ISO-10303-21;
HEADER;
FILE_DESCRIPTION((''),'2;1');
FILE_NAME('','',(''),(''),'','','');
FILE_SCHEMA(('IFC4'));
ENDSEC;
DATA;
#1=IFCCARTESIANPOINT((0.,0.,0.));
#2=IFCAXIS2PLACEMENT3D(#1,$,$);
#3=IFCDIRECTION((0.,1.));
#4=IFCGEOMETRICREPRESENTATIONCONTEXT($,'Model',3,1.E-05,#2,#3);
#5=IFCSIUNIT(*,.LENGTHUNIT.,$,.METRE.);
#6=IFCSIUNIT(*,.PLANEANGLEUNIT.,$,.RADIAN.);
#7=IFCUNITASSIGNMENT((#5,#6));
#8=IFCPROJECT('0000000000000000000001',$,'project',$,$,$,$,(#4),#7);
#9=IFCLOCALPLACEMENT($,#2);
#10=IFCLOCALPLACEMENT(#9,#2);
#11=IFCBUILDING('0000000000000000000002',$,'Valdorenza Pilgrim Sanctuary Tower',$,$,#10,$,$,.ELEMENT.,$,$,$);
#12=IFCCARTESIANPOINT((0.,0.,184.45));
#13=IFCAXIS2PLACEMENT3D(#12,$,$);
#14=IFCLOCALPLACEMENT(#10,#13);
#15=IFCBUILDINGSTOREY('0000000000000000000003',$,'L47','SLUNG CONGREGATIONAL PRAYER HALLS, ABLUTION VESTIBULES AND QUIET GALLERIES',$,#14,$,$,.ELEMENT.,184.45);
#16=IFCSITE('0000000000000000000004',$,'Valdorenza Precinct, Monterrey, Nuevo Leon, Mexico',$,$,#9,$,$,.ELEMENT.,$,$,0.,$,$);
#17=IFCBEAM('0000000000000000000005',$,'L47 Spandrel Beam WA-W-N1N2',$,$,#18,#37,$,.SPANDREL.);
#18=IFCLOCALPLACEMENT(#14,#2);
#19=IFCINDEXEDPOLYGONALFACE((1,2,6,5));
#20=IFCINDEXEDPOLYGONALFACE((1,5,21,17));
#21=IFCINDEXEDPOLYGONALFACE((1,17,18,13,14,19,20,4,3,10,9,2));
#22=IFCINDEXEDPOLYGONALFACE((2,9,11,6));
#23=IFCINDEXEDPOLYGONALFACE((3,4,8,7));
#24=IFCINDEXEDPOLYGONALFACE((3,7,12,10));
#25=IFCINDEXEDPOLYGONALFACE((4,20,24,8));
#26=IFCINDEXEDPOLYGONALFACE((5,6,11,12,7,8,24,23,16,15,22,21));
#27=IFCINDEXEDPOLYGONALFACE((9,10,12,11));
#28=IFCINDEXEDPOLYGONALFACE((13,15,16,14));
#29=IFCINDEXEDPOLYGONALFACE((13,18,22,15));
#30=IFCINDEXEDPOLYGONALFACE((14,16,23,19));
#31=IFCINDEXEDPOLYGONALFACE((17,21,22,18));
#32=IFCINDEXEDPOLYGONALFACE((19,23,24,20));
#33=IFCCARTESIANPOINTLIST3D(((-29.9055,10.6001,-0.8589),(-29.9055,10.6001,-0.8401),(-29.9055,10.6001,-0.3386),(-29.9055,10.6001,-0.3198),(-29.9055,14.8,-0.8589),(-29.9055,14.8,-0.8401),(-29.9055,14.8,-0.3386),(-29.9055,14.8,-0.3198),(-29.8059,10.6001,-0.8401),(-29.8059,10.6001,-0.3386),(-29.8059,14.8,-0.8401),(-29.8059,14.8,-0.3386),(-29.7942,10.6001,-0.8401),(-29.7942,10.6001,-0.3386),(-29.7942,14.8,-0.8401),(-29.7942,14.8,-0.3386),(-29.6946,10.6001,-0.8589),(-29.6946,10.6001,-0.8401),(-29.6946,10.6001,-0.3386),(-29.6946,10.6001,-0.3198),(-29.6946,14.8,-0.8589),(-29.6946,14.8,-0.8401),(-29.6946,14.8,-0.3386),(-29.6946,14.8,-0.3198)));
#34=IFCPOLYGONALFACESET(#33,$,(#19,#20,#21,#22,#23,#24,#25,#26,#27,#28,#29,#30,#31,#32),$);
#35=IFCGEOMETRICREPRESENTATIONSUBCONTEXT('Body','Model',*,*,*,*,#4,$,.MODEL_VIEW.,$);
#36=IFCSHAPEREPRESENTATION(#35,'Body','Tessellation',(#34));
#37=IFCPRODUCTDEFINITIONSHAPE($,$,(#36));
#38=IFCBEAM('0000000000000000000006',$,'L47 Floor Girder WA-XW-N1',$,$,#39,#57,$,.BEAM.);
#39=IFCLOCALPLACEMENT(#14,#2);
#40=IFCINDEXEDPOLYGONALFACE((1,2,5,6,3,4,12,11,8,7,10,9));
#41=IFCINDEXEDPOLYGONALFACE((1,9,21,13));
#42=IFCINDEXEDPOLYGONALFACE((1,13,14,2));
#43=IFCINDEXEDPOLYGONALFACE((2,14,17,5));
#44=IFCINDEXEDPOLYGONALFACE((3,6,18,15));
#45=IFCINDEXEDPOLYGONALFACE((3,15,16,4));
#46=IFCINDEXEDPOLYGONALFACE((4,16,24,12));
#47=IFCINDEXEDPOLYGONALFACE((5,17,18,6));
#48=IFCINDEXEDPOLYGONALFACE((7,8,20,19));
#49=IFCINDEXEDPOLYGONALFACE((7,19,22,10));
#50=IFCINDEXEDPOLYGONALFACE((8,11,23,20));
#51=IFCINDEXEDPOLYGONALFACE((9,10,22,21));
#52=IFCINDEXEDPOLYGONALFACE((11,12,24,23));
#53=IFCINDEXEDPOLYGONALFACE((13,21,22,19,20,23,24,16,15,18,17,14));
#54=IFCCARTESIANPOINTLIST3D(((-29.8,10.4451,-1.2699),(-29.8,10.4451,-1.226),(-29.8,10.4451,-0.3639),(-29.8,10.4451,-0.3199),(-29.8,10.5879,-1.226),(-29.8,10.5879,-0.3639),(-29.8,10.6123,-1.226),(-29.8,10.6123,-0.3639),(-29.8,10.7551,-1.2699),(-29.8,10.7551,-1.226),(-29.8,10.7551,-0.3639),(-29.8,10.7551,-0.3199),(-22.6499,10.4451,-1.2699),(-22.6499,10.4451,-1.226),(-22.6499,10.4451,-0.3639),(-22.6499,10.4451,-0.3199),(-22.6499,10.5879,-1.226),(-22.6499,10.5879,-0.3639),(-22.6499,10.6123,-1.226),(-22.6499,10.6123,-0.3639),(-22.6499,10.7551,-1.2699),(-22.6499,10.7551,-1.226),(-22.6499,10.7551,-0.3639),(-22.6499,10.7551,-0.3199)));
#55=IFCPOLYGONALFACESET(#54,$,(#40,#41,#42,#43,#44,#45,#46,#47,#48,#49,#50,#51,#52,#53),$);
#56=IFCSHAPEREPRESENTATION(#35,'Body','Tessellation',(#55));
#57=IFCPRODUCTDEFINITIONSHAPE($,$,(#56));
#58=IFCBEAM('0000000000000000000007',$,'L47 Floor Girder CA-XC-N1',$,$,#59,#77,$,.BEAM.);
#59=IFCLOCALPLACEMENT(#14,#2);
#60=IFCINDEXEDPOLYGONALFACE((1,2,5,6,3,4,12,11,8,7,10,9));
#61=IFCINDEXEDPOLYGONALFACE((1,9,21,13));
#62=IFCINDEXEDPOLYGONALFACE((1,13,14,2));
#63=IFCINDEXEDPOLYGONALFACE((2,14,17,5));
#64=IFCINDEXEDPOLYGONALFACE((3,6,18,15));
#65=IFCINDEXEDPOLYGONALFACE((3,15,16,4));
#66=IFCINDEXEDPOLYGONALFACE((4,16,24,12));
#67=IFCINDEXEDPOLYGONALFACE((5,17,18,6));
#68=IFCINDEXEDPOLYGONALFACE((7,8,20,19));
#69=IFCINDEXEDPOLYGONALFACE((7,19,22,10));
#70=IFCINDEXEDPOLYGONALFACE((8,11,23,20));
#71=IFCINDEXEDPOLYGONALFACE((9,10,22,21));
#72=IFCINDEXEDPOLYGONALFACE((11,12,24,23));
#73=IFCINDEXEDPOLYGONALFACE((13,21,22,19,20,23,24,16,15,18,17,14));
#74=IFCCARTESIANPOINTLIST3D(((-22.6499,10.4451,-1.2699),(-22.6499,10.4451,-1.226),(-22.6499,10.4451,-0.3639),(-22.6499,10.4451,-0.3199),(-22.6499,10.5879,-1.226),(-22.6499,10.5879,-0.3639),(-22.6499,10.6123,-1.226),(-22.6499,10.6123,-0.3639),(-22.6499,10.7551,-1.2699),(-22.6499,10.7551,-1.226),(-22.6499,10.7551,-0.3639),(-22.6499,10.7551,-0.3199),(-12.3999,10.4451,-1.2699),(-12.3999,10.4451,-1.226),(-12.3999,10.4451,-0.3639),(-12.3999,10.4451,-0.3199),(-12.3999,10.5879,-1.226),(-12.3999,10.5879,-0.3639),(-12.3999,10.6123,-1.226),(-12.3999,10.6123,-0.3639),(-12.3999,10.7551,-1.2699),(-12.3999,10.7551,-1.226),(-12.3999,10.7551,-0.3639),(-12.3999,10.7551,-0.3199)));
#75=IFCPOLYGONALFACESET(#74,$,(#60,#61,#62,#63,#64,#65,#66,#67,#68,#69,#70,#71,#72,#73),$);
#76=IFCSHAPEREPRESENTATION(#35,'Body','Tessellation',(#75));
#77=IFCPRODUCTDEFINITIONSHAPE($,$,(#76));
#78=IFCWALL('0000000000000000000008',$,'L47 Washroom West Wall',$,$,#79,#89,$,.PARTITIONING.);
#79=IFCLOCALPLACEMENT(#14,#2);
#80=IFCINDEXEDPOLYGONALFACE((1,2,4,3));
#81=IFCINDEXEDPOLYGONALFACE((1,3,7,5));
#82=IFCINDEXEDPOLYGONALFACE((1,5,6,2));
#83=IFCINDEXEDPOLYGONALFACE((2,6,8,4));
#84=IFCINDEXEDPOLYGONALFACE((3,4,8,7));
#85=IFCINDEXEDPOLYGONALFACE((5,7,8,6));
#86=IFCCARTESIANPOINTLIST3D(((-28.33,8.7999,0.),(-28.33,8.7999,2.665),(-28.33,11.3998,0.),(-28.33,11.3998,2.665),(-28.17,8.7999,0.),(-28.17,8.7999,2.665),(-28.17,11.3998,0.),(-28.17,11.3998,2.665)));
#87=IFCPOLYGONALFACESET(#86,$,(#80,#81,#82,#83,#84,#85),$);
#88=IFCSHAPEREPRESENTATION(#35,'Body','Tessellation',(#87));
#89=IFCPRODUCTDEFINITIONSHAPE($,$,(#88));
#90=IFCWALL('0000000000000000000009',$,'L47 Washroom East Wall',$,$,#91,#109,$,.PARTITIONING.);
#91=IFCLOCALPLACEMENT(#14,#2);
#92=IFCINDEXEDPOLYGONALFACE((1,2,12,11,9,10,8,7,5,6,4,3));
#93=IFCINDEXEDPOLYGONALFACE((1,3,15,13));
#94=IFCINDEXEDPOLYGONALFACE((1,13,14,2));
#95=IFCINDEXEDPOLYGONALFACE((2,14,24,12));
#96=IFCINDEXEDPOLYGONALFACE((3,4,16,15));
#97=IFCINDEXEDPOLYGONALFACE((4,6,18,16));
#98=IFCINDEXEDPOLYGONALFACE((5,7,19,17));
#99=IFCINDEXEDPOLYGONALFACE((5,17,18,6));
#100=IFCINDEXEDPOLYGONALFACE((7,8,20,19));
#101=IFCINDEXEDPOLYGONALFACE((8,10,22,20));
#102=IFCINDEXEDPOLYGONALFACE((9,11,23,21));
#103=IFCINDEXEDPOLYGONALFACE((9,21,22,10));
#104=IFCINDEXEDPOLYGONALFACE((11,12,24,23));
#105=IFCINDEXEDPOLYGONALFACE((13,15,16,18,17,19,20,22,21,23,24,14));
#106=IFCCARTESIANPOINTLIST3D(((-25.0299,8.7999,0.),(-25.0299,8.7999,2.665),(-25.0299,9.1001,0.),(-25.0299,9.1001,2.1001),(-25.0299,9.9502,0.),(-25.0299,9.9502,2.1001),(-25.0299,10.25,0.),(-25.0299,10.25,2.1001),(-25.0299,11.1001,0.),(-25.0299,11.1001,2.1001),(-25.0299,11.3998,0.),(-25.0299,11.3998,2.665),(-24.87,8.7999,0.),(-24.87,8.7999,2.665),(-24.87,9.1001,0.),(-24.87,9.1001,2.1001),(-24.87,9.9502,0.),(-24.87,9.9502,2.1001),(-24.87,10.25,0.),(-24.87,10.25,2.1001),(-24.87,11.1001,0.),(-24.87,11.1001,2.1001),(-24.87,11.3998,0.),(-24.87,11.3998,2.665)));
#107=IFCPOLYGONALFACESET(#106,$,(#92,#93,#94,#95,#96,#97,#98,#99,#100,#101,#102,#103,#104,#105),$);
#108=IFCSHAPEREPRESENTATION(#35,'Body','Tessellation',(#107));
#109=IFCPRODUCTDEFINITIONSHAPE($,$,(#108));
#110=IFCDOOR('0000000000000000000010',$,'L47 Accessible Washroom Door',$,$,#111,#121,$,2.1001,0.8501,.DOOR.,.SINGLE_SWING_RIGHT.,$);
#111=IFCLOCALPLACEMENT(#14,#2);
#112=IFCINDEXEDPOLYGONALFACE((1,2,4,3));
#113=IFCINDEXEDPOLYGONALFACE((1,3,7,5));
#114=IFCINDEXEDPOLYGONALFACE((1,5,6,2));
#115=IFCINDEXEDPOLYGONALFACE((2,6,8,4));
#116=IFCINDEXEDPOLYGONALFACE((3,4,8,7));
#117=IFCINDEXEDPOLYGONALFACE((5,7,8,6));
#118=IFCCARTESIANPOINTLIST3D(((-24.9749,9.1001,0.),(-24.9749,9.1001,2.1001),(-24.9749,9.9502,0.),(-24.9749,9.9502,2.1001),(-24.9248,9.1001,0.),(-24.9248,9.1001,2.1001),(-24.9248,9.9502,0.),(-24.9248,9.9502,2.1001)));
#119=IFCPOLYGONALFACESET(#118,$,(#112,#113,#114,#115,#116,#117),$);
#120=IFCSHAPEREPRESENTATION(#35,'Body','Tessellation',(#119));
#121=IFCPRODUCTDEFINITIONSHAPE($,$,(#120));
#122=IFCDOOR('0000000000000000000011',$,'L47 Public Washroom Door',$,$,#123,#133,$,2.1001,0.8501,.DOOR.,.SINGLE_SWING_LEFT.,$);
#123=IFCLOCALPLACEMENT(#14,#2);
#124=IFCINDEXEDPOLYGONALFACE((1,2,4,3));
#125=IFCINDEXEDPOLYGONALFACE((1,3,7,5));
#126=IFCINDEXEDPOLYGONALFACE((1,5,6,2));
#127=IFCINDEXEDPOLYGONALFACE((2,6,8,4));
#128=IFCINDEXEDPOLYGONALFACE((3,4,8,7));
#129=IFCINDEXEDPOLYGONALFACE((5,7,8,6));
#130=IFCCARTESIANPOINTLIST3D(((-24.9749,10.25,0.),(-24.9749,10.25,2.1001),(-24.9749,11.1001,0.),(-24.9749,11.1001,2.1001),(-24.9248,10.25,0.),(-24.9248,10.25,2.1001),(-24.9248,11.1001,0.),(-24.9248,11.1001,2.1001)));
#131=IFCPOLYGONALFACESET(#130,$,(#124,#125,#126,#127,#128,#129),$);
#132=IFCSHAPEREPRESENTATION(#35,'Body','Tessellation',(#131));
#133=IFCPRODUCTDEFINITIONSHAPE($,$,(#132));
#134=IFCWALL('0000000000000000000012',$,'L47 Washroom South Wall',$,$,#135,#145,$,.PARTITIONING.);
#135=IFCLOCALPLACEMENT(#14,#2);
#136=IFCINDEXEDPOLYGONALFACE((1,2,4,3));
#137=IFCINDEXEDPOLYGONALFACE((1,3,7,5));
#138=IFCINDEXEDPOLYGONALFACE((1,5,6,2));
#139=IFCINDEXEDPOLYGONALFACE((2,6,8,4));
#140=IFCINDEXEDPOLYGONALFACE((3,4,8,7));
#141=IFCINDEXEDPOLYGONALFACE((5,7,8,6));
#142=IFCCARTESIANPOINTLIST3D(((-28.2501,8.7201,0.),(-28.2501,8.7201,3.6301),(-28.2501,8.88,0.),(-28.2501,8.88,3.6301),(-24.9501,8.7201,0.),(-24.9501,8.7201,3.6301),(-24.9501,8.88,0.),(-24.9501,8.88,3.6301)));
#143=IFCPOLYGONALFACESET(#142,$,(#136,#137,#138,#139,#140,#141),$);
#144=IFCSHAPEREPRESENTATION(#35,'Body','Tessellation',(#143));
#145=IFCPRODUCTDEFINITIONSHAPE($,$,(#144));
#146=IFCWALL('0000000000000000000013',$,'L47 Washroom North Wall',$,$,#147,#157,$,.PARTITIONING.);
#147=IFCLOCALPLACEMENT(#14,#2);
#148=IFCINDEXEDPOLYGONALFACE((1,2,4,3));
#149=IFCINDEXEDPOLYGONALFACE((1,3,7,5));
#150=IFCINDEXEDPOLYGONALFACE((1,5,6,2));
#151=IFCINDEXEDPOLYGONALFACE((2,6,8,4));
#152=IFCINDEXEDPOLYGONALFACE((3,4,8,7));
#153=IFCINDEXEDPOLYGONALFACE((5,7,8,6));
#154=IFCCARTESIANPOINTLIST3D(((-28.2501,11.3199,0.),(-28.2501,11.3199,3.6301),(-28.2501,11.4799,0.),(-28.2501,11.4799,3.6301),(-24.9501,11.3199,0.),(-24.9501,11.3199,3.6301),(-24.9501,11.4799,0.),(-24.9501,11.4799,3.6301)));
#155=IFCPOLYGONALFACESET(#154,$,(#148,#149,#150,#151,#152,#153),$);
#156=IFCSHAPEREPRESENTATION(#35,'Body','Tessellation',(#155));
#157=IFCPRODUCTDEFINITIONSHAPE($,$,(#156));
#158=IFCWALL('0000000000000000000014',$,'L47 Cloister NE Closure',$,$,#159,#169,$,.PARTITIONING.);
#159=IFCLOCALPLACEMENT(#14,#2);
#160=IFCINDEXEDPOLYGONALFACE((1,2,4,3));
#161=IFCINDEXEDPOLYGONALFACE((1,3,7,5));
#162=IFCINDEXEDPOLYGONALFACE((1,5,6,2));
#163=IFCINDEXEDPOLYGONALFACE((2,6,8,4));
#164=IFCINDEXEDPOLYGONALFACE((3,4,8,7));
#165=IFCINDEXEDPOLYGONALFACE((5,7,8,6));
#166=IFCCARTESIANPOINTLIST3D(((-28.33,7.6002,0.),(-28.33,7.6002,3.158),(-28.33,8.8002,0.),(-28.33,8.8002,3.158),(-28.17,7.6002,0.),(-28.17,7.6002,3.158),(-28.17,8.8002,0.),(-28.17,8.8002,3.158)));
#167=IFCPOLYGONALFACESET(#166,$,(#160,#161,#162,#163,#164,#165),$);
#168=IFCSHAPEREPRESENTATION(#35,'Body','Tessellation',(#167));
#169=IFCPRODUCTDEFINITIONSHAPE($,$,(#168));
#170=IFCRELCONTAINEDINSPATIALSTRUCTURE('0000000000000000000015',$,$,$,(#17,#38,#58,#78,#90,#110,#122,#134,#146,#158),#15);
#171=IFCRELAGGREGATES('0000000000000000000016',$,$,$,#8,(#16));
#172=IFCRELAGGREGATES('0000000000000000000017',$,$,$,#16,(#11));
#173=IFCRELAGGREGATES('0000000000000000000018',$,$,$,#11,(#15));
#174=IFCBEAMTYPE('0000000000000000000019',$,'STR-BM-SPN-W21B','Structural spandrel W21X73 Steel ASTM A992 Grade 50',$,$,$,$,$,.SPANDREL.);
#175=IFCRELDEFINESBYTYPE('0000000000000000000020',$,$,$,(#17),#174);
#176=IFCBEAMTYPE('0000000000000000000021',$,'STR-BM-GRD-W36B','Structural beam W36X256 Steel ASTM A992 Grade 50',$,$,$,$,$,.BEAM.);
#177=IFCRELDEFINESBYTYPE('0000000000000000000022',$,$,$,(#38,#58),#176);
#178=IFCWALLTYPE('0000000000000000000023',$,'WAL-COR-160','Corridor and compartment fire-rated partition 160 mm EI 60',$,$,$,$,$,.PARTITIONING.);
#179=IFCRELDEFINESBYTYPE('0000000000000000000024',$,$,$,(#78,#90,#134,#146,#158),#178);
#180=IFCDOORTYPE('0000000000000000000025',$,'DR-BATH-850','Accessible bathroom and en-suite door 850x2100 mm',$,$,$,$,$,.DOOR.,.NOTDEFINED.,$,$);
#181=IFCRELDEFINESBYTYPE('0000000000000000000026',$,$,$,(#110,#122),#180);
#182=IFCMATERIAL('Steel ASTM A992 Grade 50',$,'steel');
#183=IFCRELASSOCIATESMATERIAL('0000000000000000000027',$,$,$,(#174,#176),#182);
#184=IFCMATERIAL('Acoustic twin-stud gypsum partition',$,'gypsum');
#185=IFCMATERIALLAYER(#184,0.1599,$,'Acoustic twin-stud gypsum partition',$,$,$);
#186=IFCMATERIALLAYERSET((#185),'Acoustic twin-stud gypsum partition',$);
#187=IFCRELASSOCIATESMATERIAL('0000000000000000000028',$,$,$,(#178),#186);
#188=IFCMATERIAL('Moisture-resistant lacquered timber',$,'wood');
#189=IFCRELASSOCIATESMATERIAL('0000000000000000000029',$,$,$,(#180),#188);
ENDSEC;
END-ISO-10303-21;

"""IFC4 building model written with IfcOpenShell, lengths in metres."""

from ifc_helpers import new_model, si_unit, direction, frame, frame_2d, origin, origin_2d, place, context, subcontext, project, spatial, rectangle, i_section, extrude, source, transform, mapped, material, layer, layer_set, material_profile, profile_set, type_object, element, fill, save


model = new_model("IFC4")

# Units and contexts
model_context = context("Model", 3, precision=1e-05, world=origin(), true_north=direction((0.0, 1.0)))
body_context = subcontext(model_context, "Body", "Model", "MODEL_VIEW")
ifc_project = project(units=[si_unit("LENGTHUNIT", "METRE"), si_unit("PLANEANGLEUNIT", "RADIAN")], contexts=[model_context])

# Site, building, storey
site_placement = place(None, origin())
site = spatial("IfcSite", under=ifc_project, at=site_placement, Name="Valdorenza Precinct, Monterrey, Nuevo Leon, Mexico", CompositionType="ELEMENT", RefElevation=0.0)
building_placement = place(site_placement, origin())
building = spatial("IfcBuilding", under=site, at=building_placement, Name="Valdorenza Pilgrim Sanctuary Tower", CompositionType="ELEMENT")
storey_placement = place(building_placement, frame((0.0, 0.0, 184.45)))
storey = spatial("IfcBuildingStorey", under=building, at=storey_placement, Name="L47", Description="SLUNG CONGREGATIONAL PRAYER HALLS, ABLUTION VESTIBULES AND QUIET GALLERIES", CompositionType="ELEMENT", Elevation=184.45)

# Beams
ifc_material_1 = material(Name="Steel ASTM A992 Grade 50", Category="steel")
ifc_material_profile_1 = material_profile(ifc_material_1, i_section(OverallWidth=0.2109, OverallDepth=0.5391, WebThickness=0.0117, FlangeThickness=0.0188, at=origin_2d()), Name="W21X73")
ifc_profile_set_1 = profile_set([ifc_material_profile_1], Name="Steel ASTM A992 Grade 50")
beam_type_1 = type_object("IfcBeamType", Name="STR-BM-SPN-W21B", Description="Structural spandrel W21X73 Steel ASTM A992 Grade 50", PredefinedType="SPANDREL", material=ifc_profile_set_1)
shared_shape_1 = source(origin(), body_context, "Body", "SweptSolid", [
    extrude(i_section(OverallWidth=0.2109, OverallDepth=0.5391, WebThickness=0.0117, FlangeThickness=0.0188, at=origin_2d()), origin(), (0.0, 0.0, 1.0), 4.2),
])
beam_1_placement = place(storey_placement, frame((-29.8, 10.6001, -0.5894), z_axis=(0.0, 1.0, 0.0), x_axis=(-1.0, 0.0, 0.0)))
element("IfcBeam", 1, at=beam_1_placement, inside=storey, type_object=beam_type_1, Name="L47 Spandrel Beam WA-W-N1N2", PredefinedType="SPANDREL", context=body_context, shape_type="MappedRepresentation", body=[
    mapped(shared_shape_1, transform((0.0, 0.0, 0.0), x_axis=(1.0, 0.0, 0.0), y_axis=(0.0, 1.0, 0.0), z_axis=(0.0, 0.0, 1.0), scale=1.0)),
])
ifc_material_profile_2 = material_profile(ifc_material_1, i_section(OverallWidth=0.3101, OverallDepth=0.95, WebThickness=0.0244, FlangeThickness=0.0439, at=origin_2d()), Name="W36X256")
ifc_profile_set_2 = profile_set([ifc_material_profile_2], Name="Steel ASTM A992 Grade 50")
beam_type_2 = type_object("IfcBeamType", Name="STR-BM-GRD-W36B", Description="Structural beam W36X256 Steel ASTM A992 Grade 50", PredefinedType="BEAM", material=ifc_profile_set_2)
shared_shape_2 = source(origin(), body_context, "Body", "SweptSolid", [
    extrude(i_section(OverallWidth=0.3101, OverallDepth=0.95, WebThickness=0.0244, FlangeThickness=0.0439, at=origin_2d()), origin(), (0.0, 0.0, 1.0), 7.1501),
])
beam_2_placement = place(storey_placement, frame((-29.8, 10.6001, -0.7949), z_axis=(1.0, 0.0, 0.0), x_axis=(0.0, 1.0, 0.0)))
element("IfcBeam", 2, at=beam_2_placement, inside=storey, type_object=beam_type_2, Name="L47 Floor Girder WA-XW-N1", PredefinedType="BEAM", context=body_context, shape_type="MappedRepresentation", body=[
    mapped(shared_shape_2, transform((0.0, 0.0, 0.0), x_axis=(1.0, 0.0, 0.0), y_axis=(0.0, 1.0, 0.0), z_axis=(0.0, 0.0, 1.0), scale=1.0)),
])
shared_shape_3 = source(origin(), body_context, "Body", "SweptSolid", [
    extrude(i_section(OverallWidth=0.3101, OverallDepth=0.95, WebThickness=0.0244, FlangeThickness=0.0439, at=origin_2d()), origin(), (0.0, 0.0, 1.0), 10.25),
])
beam_3_placement = place(storey_placement, frame((-22.6499, 10.6001, -0.7949), z_axis=(1.0, 0.0, 0.0), x_axis=(0.0, 1.0, 0.0)))
element("IfcBeam", 3, at=beam_3_placement, inside=storey, type_object=beam_type_2, Name="L47 Floor Girder CA-XC-N1", PredefinedType="BEAM", context=body_context, shape_type="MappedRepresentation", body=[
    mapped(shared_shape_3, transform((0.0, 0.0, 0.0), x_axis=(1.0, 0.0, 0.0), y_axis=(0.0, 1.0, 0.0), z_axis=(0.0, 0.0, 1.0), scale=1.0)),
])

# Wall
ifc_material_2 = material(Name="Acoustic twin-stud gypsum partition", Category="gypsum")
ifc_layer_1 = layer(ifc_material_2, 0.1599, Name="Acoustic twin-stud gypsum partition")
ifc_layer_set_1 = layer_set([ifc_layer_1], Name="Acoustic twin-stud gypsum partition")
wall_type_1 = type_object("IfcWallType", Name="WAL-COR-160", Description="Corridor and compartment fire-rated partition 160 mm EI 60", PredefinedType="PARTITIONING", material=ifc_layer_set_1)
wall_1_placement = place(storey_placement, frame((-28.25, 8.8, 0.0), z_axis=(0.0, 0.0, 1.0), x_axis=(0.0, 1.0, 0.0)))
element("IfcWall", 4, at=wall_1_placement, inside=storey, type_object=wall_type_1, Name="L47 Washroom West Wall", PredefinedType="PARTITIONING", context=body_context, shape_type="SweptSolid", body=[
    extrude(rectangle(XDim=2.5999, YDim=0.1599, at=frame_2d((1.2998, 0.0))), origin(), (0.0, 0.0, 1.0), 2.665),
])

# Wall, openings, doors
wall_2_placement = place(storey_placement, frame((-24.95, 8.8, 0.0), z_axis=(0.0, 0.0, 1.0), x_axis=(0.0, 1.0, 0.0)))
wall_2 = element("IfcWall", 5, at=wall_2_placement, inside=storey, type_object=wall_type_1, Name="L47 Washroom East Wall", PredefinedType="PARTITIONING", context=body_context, shape_type="SweptSolid", body=[
    extrude(rectangle(XDim=2.5999, YDim=0.1599, at=frame_2d((1.2998, 0.0))), origin(), (0.0, 0.0, 1.0), 2.665),
])
opening_1_placement = place(wall_2_placement, frame((0.3, 0.0, 0.0)))
opening_1 = element("IfcOpeningElement", 6, at=opening_1_placement, cuts=wall_2, PredefinedType="OPENING", context=body_context, shape_type="SweptSolid", body=[
    extrude(rectangle(XDim=0.8501, YDim=2.1001, at=frame_2d((0.425, 1.05))), frame((0.0, 0.0947, 0.0), z_axis=(0.0, -1.0, 0.0), x_axis=(1.0, 0.0, 0.0)), (0.0, 0.0, 1.0), 0.1897),
])
opening_2_placement = place(wall_2_placement, frame((1.45, 0.0, 0.0)))
opening_2 = element("IfcOpeningElement", 7, at=opening_2_placement, cuts=wall_2, PredefinedType="OPENING", context=body_context, shape_type="SweptSolid", body=[
    extrude(rectangle(XDim=0.8501, YDim=2.1001, at=frame_2d((0.425, 1.05))), frame((0.0, 0.0947, 0.0), z_axis=(0.0, -1.0, 0.0), x_axis=(1.0, 0.0, 0.0)), (0.0, 0.0, 1.0), 0.1897),
])
ifc_material_3 = material(Name="Moisture-resistant lacquered timber", Category="wood")
door_type = type_object("IfcDoorType", Name="DR-BATH-850", Description="Accessible bathroom and en-suite door 850x2100 mm", OperationType="NOTDEFINED", PredefinedType="DOOR", material=ifc_material_3)
door_1_placement = place(opening_1_placement, origin())
door_1 = element("IfcDoor", 8, at=door_1_placement, inside=storey, type_object=door_type, Name="L47 Accessible Washroom Door", OperationType="SINGLE_SWING_RIGHT", OverallHeight=2.1001, OverallWidth=0.8501, PredefinedType="DOOR", context=body_context, shape_type="SweptSolid", body=[
    extrude(rectangle(XDim=0.8501, YDim=2.1001, at=frame_2d((0.425, 1.05))), frame((0.0, 0.0249, 0.0), z_axis=(0.0, -1.0, 0.0), x_axis=(1.0, 0.0, 0.0)), (0.0, 0.0, 1.0), 0.05),
])
fill(opening_1, door_1)
door_2_placement = place(opening_2_placement, origin())
door_2 = element("IfcDoor", 9, at=door_2_placement, inside=storey, type_object=door_type, Name="L47 Public Washroom Door", OperationType="SINGLE_SWING_LEFT", OverallHeight=2.1001, OverallWidth=0.8501, PredefinedType="DOOR", context=body_context, shape_type="SweptSolid", body=[
    extrude(rectangle(XDim=0.8501, YDim=2.1001, at=frame_2d((0.425, 1.05))), frame((0.0, 0.0249, 0.0), z_axis=(0.0, -1.0, 0.0), x_axis=(1.0, 0.0, 0.0)), (0.0, 0.0, 1.0), 0.05),
])
fill(opening_2, door_2)

# Walls
for number, where, z_axis, x_axis, name in (
    (10, (-28.25, 8.8, 0.0), (0.0, 0.0, 1.0), (1.0, 0.0, 0.0), "L47 Washroom South Wall"),
    (11, (-28.25, 11.3999, 0.0), (0.0, 0.0, 1.0), (1.0, 0.0, 0.0), "L47 Washroom North Wall"),
):
    element("IfcWall", number, at=place(storey_placement, frame(where, z_axis=z_axis, x_axis=x_axis)), inside=storey, type_object=wall_type_1, Name=name, PredefinedType="PARTITIONING", context=body_context, shape_type="SweptSolid", body=[
        extrude(rectangle(XDim=3.3, YDim=0.1599, at=frame_2d((1.6499, 0.0))), origin(), (0.0, 0.0, 1.0), 3.6301),
    ])
wall_3_placement = place(storey_placement, frame((-28.25, 7.6001, 0.0), z_axis=(0.0, 0.0, 1.0), x_axis=(0.0, 1.0, 0.0)))
element("IfcWall", 12, at=wall_3_placement, inside=storey, type_object=wall_type_1, Name="L47 Cloister NE Closure", PredefinedType="PARTITIONING", context=body_context, shape_type="SweptSolid", body=[
    extrude(rectangle(XDim=1.2, YDim=0.1599, at=frame_2d((0.6001, 0.0))), origin(), (0.0, 0.0, 1.0), 3.158),
])

save(model, "model.ifc")
